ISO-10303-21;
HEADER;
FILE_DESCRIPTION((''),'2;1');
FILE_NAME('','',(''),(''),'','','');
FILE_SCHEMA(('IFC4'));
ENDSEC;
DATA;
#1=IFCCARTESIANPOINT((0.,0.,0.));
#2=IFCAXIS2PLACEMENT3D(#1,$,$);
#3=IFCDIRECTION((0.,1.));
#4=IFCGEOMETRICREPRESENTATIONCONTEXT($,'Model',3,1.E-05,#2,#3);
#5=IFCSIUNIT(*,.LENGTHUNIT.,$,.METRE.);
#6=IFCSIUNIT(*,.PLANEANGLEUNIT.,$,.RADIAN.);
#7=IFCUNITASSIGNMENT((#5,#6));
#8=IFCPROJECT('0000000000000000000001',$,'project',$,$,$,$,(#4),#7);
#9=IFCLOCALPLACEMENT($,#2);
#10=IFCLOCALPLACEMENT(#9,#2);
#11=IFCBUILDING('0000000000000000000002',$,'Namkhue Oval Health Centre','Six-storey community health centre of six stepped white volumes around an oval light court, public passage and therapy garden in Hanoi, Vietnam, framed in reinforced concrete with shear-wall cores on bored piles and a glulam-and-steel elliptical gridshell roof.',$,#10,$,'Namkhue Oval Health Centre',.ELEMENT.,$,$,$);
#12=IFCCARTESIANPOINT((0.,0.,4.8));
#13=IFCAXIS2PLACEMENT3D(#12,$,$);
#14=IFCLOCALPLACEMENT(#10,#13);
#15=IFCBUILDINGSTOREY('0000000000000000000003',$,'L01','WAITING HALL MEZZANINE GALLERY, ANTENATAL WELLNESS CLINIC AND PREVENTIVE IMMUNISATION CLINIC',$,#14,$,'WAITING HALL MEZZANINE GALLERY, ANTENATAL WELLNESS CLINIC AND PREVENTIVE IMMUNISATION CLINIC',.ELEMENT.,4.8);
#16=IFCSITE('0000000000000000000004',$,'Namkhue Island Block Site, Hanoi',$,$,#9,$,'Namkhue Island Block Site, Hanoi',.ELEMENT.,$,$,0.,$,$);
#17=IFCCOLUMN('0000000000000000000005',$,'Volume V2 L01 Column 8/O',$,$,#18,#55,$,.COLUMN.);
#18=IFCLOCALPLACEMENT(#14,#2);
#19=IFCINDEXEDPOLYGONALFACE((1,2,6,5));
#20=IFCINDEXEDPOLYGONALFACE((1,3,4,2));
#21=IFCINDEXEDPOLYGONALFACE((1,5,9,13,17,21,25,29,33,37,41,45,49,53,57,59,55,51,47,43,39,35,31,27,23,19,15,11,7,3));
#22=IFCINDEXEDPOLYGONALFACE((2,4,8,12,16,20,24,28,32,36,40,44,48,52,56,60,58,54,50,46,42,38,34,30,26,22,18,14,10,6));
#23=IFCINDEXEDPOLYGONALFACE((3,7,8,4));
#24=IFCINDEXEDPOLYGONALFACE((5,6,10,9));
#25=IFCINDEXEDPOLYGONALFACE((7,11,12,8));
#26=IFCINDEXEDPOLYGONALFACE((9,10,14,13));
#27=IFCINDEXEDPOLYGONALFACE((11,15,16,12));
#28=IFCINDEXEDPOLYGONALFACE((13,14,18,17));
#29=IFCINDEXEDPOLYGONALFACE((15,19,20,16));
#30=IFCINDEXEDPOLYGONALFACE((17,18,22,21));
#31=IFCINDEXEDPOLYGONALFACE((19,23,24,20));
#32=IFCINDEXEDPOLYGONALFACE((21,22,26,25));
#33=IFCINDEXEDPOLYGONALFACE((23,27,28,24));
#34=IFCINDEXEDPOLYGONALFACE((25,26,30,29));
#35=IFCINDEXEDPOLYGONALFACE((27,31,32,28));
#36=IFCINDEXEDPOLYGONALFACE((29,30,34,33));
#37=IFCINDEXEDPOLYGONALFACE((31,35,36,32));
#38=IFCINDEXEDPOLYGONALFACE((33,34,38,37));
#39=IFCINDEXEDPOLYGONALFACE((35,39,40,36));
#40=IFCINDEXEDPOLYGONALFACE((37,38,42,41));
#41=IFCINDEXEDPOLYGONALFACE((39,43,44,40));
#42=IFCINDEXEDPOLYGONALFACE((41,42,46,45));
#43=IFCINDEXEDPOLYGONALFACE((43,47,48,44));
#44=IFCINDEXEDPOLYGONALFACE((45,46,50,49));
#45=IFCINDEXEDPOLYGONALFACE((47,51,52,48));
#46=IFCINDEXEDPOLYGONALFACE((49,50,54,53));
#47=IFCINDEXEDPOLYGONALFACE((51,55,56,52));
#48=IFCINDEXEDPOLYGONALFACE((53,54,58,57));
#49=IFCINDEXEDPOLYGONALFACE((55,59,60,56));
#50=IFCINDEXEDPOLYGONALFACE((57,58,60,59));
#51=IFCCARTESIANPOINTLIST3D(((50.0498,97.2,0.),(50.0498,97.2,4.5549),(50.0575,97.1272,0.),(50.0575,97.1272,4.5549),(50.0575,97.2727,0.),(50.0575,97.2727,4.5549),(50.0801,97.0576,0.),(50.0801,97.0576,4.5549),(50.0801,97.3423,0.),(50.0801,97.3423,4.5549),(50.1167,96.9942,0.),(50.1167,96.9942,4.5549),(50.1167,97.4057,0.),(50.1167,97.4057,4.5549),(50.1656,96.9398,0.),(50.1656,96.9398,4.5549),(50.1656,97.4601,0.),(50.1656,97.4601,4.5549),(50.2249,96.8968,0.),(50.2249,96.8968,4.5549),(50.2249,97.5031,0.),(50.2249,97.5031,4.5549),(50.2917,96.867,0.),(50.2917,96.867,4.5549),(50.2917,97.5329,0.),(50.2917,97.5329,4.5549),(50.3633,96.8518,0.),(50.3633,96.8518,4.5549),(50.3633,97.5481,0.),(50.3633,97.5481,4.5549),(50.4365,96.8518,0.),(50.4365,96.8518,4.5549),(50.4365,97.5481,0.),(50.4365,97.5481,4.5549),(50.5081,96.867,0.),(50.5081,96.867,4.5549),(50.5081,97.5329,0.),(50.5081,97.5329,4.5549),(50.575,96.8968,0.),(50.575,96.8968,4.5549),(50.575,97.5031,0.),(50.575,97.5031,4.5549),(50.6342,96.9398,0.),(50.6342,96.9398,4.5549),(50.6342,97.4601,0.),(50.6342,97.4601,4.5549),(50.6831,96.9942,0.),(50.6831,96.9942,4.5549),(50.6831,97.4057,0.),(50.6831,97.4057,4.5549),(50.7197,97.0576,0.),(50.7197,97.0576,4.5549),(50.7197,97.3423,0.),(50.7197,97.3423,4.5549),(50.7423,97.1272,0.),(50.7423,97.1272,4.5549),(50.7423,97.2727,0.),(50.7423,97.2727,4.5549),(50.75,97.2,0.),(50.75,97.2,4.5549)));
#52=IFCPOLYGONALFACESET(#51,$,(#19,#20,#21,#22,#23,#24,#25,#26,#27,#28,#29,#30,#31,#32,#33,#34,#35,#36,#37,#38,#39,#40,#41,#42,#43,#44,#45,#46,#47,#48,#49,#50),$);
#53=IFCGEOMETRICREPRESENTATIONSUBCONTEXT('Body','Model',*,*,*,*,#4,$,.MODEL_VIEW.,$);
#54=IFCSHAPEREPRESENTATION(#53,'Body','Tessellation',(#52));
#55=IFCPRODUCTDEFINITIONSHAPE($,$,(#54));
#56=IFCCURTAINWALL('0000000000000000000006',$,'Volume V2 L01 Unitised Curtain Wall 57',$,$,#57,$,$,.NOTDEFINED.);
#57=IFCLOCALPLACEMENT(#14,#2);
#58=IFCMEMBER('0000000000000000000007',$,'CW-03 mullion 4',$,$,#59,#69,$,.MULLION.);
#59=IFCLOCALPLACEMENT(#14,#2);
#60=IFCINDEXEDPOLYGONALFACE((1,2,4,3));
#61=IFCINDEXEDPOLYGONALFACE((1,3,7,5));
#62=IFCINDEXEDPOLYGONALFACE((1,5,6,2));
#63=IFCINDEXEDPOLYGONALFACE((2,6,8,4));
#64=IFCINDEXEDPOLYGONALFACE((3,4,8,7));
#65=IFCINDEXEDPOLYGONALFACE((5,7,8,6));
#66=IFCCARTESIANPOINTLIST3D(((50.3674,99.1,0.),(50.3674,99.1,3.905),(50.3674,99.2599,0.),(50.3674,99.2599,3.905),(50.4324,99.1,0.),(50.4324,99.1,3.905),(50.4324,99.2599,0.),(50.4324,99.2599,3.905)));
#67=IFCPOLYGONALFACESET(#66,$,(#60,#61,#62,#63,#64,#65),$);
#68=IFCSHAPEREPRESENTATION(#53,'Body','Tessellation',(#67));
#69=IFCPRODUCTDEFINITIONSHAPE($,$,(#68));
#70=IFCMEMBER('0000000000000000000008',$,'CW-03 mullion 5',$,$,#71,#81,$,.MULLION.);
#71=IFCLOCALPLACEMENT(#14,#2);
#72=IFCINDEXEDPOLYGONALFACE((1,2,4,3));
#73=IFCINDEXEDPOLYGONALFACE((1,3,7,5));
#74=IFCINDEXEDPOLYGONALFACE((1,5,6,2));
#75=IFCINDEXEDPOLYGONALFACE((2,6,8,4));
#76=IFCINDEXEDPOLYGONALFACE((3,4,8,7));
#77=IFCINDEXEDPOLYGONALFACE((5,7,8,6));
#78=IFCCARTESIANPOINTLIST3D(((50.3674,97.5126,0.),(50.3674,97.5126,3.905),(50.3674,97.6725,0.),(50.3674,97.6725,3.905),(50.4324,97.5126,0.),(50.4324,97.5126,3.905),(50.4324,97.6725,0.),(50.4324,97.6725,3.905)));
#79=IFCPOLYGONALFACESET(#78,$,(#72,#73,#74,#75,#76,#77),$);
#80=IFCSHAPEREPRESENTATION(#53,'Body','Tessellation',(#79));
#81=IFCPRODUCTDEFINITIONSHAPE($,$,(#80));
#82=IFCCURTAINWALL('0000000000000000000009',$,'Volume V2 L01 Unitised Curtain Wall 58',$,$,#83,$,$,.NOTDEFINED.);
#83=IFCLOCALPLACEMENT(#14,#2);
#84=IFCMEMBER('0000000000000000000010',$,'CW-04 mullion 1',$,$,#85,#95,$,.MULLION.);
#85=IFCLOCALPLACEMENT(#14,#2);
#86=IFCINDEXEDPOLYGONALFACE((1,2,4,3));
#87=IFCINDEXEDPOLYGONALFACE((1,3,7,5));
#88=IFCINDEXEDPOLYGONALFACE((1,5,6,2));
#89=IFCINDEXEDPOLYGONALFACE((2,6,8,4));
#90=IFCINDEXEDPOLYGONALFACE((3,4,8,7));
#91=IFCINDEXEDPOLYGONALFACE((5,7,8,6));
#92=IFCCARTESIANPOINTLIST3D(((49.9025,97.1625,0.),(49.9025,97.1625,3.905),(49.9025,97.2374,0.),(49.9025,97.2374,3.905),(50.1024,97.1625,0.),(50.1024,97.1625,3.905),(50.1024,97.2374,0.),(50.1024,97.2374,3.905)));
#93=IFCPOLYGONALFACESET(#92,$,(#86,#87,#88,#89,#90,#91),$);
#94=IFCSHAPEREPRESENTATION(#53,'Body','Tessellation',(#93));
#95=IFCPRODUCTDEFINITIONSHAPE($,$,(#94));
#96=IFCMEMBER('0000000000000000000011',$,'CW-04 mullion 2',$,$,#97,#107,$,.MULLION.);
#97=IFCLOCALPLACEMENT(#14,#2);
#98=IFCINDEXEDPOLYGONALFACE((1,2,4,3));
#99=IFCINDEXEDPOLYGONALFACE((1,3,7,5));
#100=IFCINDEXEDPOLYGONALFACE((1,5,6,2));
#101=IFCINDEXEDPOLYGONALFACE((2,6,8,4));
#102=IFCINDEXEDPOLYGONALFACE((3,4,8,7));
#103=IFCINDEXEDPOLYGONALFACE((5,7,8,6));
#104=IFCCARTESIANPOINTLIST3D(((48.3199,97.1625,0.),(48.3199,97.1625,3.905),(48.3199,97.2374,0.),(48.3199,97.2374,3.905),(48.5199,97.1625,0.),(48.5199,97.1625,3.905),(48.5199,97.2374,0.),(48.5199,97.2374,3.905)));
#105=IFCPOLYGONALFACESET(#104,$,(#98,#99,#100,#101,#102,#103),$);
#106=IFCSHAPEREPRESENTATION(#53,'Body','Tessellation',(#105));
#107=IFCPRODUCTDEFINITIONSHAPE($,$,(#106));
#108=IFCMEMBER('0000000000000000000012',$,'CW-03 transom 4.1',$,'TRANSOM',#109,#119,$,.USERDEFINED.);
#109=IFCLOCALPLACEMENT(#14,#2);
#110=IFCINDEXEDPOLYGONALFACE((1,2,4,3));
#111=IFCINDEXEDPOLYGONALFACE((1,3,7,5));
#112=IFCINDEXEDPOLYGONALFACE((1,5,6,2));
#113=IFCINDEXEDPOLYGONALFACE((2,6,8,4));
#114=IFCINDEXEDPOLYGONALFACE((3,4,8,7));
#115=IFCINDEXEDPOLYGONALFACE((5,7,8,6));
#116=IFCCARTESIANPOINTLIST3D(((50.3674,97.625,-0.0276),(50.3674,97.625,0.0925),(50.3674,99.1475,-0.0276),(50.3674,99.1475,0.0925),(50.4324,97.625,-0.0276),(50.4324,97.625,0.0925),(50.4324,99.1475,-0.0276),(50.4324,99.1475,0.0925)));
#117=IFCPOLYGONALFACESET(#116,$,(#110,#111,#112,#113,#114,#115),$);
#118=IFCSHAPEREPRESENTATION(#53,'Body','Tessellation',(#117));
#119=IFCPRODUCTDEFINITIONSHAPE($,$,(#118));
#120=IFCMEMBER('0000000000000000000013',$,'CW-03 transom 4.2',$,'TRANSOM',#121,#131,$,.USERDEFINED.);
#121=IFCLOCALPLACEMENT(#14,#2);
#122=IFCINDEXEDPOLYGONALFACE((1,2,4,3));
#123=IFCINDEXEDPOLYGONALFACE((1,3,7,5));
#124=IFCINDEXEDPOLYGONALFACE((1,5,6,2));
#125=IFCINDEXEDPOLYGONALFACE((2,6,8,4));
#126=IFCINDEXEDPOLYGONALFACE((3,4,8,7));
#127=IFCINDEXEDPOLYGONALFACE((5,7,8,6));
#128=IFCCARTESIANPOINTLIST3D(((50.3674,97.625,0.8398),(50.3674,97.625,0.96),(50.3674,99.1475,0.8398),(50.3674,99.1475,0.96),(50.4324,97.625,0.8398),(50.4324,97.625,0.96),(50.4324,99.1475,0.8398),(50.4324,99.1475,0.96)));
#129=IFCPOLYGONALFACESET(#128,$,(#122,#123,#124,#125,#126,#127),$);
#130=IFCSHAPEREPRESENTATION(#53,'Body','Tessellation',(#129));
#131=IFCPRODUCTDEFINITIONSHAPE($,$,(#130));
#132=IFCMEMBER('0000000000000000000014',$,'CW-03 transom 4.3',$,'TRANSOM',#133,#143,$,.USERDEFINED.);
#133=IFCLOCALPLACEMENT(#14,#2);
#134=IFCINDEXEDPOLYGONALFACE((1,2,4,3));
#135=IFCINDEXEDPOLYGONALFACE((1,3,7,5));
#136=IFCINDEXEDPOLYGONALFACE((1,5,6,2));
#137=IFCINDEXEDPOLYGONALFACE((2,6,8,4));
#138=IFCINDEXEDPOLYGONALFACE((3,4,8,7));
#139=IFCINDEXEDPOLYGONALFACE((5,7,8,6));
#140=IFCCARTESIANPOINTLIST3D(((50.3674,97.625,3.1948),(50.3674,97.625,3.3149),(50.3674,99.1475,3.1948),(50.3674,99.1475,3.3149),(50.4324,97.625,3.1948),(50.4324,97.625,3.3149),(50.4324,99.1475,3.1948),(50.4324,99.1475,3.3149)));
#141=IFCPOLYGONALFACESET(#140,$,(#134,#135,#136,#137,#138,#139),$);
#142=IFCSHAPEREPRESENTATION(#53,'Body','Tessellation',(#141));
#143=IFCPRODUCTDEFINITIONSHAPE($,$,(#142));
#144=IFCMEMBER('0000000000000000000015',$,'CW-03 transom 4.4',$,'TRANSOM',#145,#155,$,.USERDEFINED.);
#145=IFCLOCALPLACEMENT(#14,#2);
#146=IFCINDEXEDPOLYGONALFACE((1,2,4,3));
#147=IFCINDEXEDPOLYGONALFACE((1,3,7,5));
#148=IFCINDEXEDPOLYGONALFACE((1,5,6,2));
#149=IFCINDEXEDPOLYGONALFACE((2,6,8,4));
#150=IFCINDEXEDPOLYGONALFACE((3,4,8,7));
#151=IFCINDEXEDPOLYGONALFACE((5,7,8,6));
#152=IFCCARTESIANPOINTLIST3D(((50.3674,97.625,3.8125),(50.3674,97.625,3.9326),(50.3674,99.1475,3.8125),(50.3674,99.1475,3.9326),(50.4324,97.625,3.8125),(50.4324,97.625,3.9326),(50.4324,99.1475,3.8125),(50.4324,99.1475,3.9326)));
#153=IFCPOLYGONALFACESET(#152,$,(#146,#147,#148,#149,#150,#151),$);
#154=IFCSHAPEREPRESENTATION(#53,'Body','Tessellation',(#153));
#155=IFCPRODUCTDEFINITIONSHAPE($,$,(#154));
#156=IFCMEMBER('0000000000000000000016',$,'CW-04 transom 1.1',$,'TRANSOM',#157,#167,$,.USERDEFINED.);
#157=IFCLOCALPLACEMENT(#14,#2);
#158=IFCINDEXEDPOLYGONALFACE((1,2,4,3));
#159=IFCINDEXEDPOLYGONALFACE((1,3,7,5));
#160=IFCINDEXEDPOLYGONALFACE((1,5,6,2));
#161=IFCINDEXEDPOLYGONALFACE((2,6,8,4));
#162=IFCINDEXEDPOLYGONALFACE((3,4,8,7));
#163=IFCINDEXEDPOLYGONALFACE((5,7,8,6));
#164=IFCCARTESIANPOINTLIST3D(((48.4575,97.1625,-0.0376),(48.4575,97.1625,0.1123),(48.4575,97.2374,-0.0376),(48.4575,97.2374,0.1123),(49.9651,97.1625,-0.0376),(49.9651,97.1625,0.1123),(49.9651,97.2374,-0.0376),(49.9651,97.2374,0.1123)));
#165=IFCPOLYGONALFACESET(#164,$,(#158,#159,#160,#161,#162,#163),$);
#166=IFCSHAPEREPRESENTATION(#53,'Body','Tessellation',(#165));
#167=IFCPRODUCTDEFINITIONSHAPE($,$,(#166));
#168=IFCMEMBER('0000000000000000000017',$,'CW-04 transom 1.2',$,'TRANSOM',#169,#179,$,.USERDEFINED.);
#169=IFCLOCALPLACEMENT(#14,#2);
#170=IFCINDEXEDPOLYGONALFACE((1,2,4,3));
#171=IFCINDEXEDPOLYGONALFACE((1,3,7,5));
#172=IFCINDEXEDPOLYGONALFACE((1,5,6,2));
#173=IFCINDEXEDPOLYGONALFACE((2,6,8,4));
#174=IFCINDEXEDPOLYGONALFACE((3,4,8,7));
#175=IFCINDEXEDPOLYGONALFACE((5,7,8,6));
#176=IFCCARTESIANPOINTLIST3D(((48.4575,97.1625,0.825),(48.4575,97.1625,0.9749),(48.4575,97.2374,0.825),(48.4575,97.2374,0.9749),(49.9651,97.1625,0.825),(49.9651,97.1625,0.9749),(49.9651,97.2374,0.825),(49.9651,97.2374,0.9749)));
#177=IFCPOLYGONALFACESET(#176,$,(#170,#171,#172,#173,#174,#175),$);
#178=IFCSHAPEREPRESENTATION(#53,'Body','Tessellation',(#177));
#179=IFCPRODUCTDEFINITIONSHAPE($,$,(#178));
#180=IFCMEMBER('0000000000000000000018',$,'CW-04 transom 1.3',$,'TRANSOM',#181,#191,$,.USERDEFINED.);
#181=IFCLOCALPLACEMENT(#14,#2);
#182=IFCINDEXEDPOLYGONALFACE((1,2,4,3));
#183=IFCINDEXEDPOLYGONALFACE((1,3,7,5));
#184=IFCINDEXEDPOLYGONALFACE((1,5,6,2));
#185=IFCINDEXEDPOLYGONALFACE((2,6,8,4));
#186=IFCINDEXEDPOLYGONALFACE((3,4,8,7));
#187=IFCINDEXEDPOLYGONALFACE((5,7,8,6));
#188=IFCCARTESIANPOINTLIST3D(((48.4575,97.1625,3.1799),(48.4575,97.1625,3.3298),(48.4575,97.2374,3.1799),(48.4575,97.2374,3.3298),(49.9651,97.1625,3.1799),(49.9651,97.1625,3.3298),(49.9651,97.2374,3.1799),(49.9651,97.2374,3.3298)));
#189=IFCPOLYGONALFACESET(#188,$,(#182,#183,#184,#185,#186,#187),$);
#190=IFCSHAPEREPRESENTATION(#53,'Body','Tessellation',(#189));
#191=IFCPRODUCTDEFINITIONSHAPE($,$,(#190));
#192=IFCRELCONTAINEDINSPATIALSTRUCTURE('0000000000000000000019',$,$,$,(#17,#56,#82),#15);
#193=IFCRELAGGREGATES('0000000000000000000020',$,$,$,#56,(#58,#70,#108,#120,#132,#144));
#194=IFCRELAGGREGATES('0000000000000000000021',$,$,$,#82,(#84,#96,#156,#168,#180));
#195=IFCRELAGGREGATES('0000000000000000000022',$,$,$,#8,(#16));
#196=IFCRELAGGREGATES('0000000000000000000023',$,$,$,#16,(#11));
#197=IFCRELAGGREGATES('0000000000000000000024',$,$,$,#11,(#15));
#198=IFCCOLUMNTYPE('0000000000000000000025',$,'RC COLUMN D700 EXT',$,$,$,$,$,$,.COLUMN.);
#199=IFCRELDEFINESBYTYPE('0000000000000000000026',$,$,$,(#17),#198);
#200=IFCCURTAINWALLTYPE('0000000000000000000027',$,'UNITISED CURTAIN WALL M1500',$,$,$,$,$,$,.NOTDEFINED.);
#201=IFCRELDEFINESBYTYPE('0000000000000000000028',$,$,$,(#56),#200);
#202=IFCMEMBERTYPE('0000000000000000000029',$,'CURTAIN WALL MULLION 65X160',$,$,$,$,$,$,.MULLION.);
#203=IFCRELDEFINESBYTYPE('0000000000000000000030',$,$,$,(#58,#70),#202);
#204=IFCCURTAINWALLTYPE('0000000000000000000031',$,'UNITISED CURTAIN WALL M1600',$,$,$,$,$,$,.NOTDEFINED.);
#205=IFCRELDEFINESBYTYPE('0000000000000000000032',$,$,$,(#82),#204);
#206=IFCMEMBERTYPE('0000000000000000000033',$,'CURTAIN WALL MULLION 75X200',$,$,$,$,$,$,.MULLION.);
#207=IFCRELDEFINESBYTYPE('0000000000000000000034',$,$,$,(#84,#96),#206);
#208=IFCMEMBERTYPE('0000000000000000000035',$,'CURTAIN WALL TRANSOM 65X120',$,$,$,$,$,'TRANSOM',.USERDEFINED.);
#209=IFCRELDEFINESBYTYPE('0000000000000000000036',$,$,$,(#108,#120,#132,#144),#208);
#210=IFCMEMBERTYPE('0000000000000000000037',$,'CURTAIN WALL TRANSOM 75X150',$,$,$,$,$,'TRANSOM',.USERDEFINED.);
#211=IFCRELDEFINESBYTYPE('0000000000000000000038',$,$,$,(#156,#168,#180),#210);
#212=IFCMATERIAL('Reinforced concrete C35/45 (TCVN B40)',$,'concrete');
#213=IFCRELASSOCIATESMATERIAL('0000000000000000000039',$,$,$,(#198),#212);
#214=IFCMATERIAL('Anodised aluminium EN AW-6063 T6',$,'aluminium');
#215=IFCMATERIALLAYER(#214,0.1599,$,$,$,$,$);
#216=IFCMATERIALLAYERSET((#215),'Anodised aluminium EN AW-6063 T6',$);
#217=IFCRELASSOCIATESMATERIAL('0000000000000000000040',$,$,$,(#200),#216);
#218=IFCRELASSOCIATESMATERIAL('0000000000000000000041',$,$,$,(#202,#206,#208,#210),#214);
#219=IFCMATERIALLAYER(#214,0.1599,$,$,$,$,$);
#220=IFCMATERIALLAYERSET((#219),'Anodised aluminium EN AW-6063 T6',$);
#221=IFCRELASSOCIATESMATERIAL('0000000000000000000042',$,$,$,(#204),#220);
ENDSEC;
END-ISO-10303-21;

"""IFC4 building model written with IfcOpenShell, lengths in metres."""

from ifc_helpers import new_model, si_unit, direction, frame, origin, origin_2d, place, context, subcontext, project, spatial, rectangle, circle, extrude, material, layer, layer_set, material_profile, profile_set, type_object, element, aggregate, save


model = new_model("IFC4")

# Units and contexts
model_context = context("Model", 3, precision=1e-05, world=origin(), true_north=direction((0.0, 1.0)))
body_context = subcontext(model_context, "Body", "Model", "MODEL_VIEW")
ifc_project = project(units=[si_unit("LENGTHUNIT", "METRE"), si_unit("PLANEANGLEUNIT", "RADIAN")], contexts=[model_context])

# Site, building, storey
site_placement = place(None, origin())
site = spatial("IfcSite", under=ifc_project, at=site_placement, Name="Namkhue Island Block Site, Hanoi", LongName="Namkhue Island Block Site, Hanoi", CompositionType="ELEMENT", RefElevation=0.0)
building_placement = place(site_placement, origin())
building = spatial("IfcBuilding", under=site, at=building_placement, Name="Namkhue Oval Health Centre", Description="Six-storey community health centre of six stepped white volumes around an oval light court, public passage and therapy garden in Hanoi, Vietnam, framed in reinforced concrete with shear-wall cores on bored piles and a glulam-and-steel elliptical gridshell roof.", LongName="Namkhue Oval Health Centre", CompositionType="ELEMENT")
storey_placement = place(building_placement, frame((0.0, 0.0, 4.8)))
storey = spatial("IfcBuildingStorey", under=building, at=storey_placement, Name="L01", Description="WAITING HALL MEZZANINE GALLERY, ANTENATAL WELLNESS CLINIC AND PREVENTIVE IMMUNISATION CLINIC", LongName="WAITING HALL MEZZANINE GALLERY, ANTENATAL WELLNESS CLINIC AND PREVENTIVE IMMUNISATION CLINIC", CompositionType="ELEMENT", Elevation=4.8)

# Column
ifc_material_1 = material(Name="Reinforced concrete C35/45 (TCVN B40)", Category="concrete")
ifc_material_profile_1 = material_profile(ifc_material_1, circle(Radius=0.3501, at=origin_2d()), Name="RC D700")
ifc_profile_set_1 = profile_set([ifc_material_profile_1], Name="Reinforced concrete C35/45 (TCVN B40)")
column_type = type_object("IfcColumnType", Name="RC COLUMN D700 EXT", PredefinedType="COLUMN", material=ifc_profile_set_1)
column_placement = place(storey_placement, frame((50.3999, 97.2, 0.0), z_axis=(0.0, 0.0, 1.0), x_axis=(1.0, 0.0, 0.0)))
element("IfcColumn", 1, at=column_placement, inside=storey, type_object=column_type, Name="Volume V2 L01 Column 8/O", PredefinedType="COLUMN", context=body_context, shape_type="SweptSolid", body=[
    extrude(circle(Radius=0.3501, at=origin_2d()), origin(), (0.0, 0.0, 1.0), 4.5549),
])

# Curtain walls, members
ifc_material_2 = material(Name="Anodised aluminium EN AW-6063 T6", Category="aluminium")
ifc_layer_1 = layer(ifc_material_2, 0.1599)
ifc_layer_set_1 = layer_set([ifc_layer_1], Name="Anodised aluminium EN AW-6063 T6")
curtain_wall_type_1 = type_object("IfcCurtainWallType", Name="UNITISED CURTAIN WALL M1500", PredefinedType="NOTDEFINED", material=ifc_layer_set_1)
curtain_wall_1_placement = place(storey_placement, origin())
curtain_wall_1 = element("IfcCurtainWall", 2, at=curtain_wall_1_placement, inside=storey, type_object=curtain_wall_type_1, Name="Volume V2 L01 Unitised Curtain Wall 57", PredefinedType="NOTDEFINED")
ifc_material_profile_2 = material_profile(ifc_material_2, rectangle(XDim=0.0649, YDim=0.1599, at=origin_2d()), Name="ALU 65x160")
ifc_profile_set_2 = profile_set([ifc_material_profile_2], Name="Anodised aluminium EN AW-6063 T6")
member_type_1 = type_object("IfcMemberType", Name="CURTAIN WALL MULLION 65X160", PredefinedType="MULLION", material=ifc_profile_set_2)
member_1_placement = place(storey_placement, frame((50.3999, 99.1799, 0.0), z_axis=(0.0, 0.0, 1.0), x_axis=(1.0, 0.0, 0.0)))
member_1 = element("IfcMember", 3, at=member_1_placement, type_object=member_type_1, Name="CW-03 mullion 4", PredefinedType="MULLION", context=body_context, shape_type="SweptSolid", body=[
    extrude(rectangle(XDim=0.0649, YDim=0.1599, at=origin_2d()), origin(), (0.0, 0.0, 1.0), 3.905),
])
member_2_placement = place(storey_placement, frame((50.3999, 97.5925, 0.0), z_axis=(0.0, 0.0, 1.0), x_axis=(1.0, 0.0, 0.0)))
member_2 = element("IfcMember", 4, at=member_2_placement, type_object=member_type_1, Name="CW-03 mullion 5", PredefinedType="MULLION", context=body_context, shape_type="SweptSolid", body=[
    extrude(rectangle(XDim=0.0649, YDim=0.1599, at=origin_2d()), origin(), (0.0, 0.0, 1.0), 3.905),
])
ifc_layer_2 = layer(ifc_material_2, 0.1599)
ifc_layer_set_2 = layer_set([ifc_layer_2], Name="Anodised aluminium EN AW-6063 T6")
curtain_wall_type_2 = type_object("IfcCurtainWallType", Name="UNITISED CURTAIN WALL M1600", PredefinedType="NOTDEFINED", material=ifc_layer_set_2)
curtain_wall_2_placement = place(storey_placement, origin())
curtain_wall_2 = element("IfcCurtainWall", 5, at=curtain_wall_2_placement, inside=storey, type_object=curtain_wall_type_2, Name="Volume V2 L01 Unitised Curtain Wall 58", PredefinedType="NOTDEFINED")
ifc_material_profile_3 = material_profile(ifc_material_2, rectangle(XDim=0.075, YDim=0.2, at=origin_2d()), Name="ALU 75x200")
ifc_profile_set_3 = profile_set([ifc_material_profile_3], Name="Anodised aluminium EN AW-6063 T6")
member_type_2 = type_object("IfcMemberType", Name="CURTAIN WALL MULLION 75X200", PredefinedType="MULLION", material=ifc_profile_set_3)
member_3_placement = place(storey_placement, frame((50.0024, 97.2, 0.0), z_axis=(0.0, 0.0, 1.0), x_axis=(0.0, -1.0, 0.0)))
member_3 = element("IfcMember", 6, at=member_3_placement, type_object=member_type_2, Name="CW-04 mullion 1", PredefinedType="MULLION", context=body_context, shape_type="SweptSolid", body=[
    extrude(rectangle(XDim=0.075, YDim=0.2, at=origin_2d()), origin(), (0.0, 0.0, 1.0), 3.905),
])
member_4_placement = place(storey_placement, frame((48.4199, 97.2, 0.0), z_axis=(0.0, 0.0, 1.0), x_axis=(0.0, -1.0, 0.0)))
member_4 = element("IfcMember", 7, at=member_4_placement, type_object=member_type_2, Name="CW-04 mullion 2", PredefinedType="MULLION", context=body_context, shape_type="SweptSolid", body=[
    extrude(rectangle(XDim=0.075, YDim=0.2, at=origin_2d()), origin(), (0.0, 0.0, 1.0), 3.905),
])

# Members
ifc_material_profile_4 = material_profile(ifc_material_2, rectangle(XDim=0.0649, YDim=0.1201, at=origin_2d()), Name="ALU 65x120")
ifc_profile_set_4 = profile_set([ifc_material_profile_4], Name="Anodised aluminium EN AW-6063 T6")
member_type_3 = type_object("IfcMemberType", Name="CURTAIN WALL TRANSOM 65X120", ElementType="TRANSOM", PredefinedType="USERDEFINED", material=ifc_profile_set_4)
member_5_placement = place(storey_placement, frame((50.3999, 99.1475, 0.0325), z_axis=(0.0, -1.0, 0.0), x_axis=(1.0, 0.0, 0.0)))
member_5 = element("IfcMember", 8, at=member_5_placement, type_object=member_type_3, Name="CW-03 transom 4.1", ObjectType="TRANSOM", PredefinedType="USERDEFINED", context=body_context, shape_type="SweptSolid", body=[
    extrude(rectangle(XDim=0.0649, YDim=0.1201, at=origin_2d()), origin(), (0.0, 0.0, 1.0), 1.5225),
])
member_6_placement = place(storey_placement, frame((50.3999, 99.1475, 0.8999), z_axis=(0.0, -1.0, 0.0), x_axis=(1.0, 0.0, 0.0)))
member_6 = element("IfcMember", 9, at=member_6_placement, type_object=member_type_3, Name="CW-03 transom 4.2", ObjectType="TRANSOM", PredefinedType="USERDEFINED", context=body_context, shape_type="SweptSolid", body=[
    extrude(rectangle(XDim=0.0649, YDim=0.1201, at=origin_2d()), origin(), (0.0, 0.0, 1.0), 1.5225),
])
member_7_placement = place(storey_placement, frame((50.3999, 99.1475, 3.2549), z_axis=(0.0, -1.0, 0.0), x_axis=(1.0, 0.0, 0.0)))
member_7 = element("IfcMember", 10, at=member_7_placement, type_object=member_type_3, Name="CW-03 transom 4.3", ObjectType="TRANSOM", PredefinedType="USERDEFINED", context=body_context, shape_type="SweptSolid", body=[
    extrude(rectangle(XDim=0.0649, YDim=0.1201, at=origin_2d()), origin(), (0.0, 0.0, 1.0), 1.5225),
])
member_8_placement = place(storey_placement, frame((50.3999, 99.1475, 3.8726), z_axis=(0.0, -1.0, 0.0), x_axis=(1.0, 0.0, 0.0)))
member_8 = element("IfcMember", 11, at=member_8_placement, type_object=member_type_3, Name="CW-03 transom 4.4", ObjectType="TRANSOM", PredefinedType="USERDEFINED", context=body_context, shape_type="SweptSolid", body=[
    extrude(rectangle(XDim=0.0649, YDim=0.1201, at=origin_2d()), origin(), (0.0, 0.0, 1.0), 1.5225),
])
ifc_material_profile_5 = material_profile(ifc_material_2, rectangle(XDim=0.075, YDim=0.1499, at=origin_2d()), Name="ALU 75x150")
ifc_profile_set_5 = profile_set([ifc_material_profile_5], Name="Anodised aluminium EN AW-6063 T6")
member_type_4 = type_object("IfcMemberType", Name="CURTAIN WALL TRANSOM 75X150", ElementType="TRANSOM", PredefinedType="USERDEFINED", material=ifc_profile_set_5)
member_9_placement = place(storey_placement, frame((49.9651, 97.2, 0.0374), z_axis=(-1.0, 0.0, 0.0), x_axis=(0.0, -1.0, 0.0)))
member_9 = element("IfcMember", 12, at=member_9_placement, type_object=member_type_4, Name="CW-04 transom 1.1", ObjectType="TRANSOM", PredefinedType="USERDEFINED", context=body_context, shape_type="SweptSolid", body=[
    extrude(rectangle(XDim=0.075, YDim=0.1499, at=origin_2d()), origin(), (0.0, 0.0, 1.0), 1.5076),
])
member_10_placement = place(storey_placement, frame((49.9651, 97.2, 0.8999), z_axis=(-1.0, 0.0, 0.0), x_axis=(0.0, -1.0, 0.0)))
member_10 = element("IfcMember", 13, at=member_10_placement, type_object=member_type_4, Name="CW-04 transom 1.2", ObjectType="TRANSOM", PredefinedType="USERDEFINED", context=body_context, shape_type="SweptSolid", body=[
    extrude(rectangle(XDim=0.075, YDim=0.1499, at=origin_2d()), origin(), (0.0, 0.0, 1.0), 1.5076),
])
member_11_placement = place(storey_placement, frame((49.9651, 97.2, 3.2549), z_axis=(-1.0, 0.0, 0.0), x_axis=(0.0, -1.0, 0.0)))
member_11 = element("IfcMember", 14, at=member_11_placement, type_object=member_type_4, Name="CW-04 transom 1.3", ObjectType="TRANSOM", PredefinedType="USERDEFINED", context=body_context, shape_type="SweptSolid", body=[
    extrude(rectangle(XDim=0.075, YDim=0.1499, at=origin_2d()), origin(), (0.0, 0.0, 1.0), 1.5076),
])

aggregate(curtain_wall_1, [member_1, member_2, member_5, member_6, member_7, member_8])
aggregate(curtain_wall_2, [member_3, member_4, member_9, member_10, member_11])

save(model, "model.ifc")
